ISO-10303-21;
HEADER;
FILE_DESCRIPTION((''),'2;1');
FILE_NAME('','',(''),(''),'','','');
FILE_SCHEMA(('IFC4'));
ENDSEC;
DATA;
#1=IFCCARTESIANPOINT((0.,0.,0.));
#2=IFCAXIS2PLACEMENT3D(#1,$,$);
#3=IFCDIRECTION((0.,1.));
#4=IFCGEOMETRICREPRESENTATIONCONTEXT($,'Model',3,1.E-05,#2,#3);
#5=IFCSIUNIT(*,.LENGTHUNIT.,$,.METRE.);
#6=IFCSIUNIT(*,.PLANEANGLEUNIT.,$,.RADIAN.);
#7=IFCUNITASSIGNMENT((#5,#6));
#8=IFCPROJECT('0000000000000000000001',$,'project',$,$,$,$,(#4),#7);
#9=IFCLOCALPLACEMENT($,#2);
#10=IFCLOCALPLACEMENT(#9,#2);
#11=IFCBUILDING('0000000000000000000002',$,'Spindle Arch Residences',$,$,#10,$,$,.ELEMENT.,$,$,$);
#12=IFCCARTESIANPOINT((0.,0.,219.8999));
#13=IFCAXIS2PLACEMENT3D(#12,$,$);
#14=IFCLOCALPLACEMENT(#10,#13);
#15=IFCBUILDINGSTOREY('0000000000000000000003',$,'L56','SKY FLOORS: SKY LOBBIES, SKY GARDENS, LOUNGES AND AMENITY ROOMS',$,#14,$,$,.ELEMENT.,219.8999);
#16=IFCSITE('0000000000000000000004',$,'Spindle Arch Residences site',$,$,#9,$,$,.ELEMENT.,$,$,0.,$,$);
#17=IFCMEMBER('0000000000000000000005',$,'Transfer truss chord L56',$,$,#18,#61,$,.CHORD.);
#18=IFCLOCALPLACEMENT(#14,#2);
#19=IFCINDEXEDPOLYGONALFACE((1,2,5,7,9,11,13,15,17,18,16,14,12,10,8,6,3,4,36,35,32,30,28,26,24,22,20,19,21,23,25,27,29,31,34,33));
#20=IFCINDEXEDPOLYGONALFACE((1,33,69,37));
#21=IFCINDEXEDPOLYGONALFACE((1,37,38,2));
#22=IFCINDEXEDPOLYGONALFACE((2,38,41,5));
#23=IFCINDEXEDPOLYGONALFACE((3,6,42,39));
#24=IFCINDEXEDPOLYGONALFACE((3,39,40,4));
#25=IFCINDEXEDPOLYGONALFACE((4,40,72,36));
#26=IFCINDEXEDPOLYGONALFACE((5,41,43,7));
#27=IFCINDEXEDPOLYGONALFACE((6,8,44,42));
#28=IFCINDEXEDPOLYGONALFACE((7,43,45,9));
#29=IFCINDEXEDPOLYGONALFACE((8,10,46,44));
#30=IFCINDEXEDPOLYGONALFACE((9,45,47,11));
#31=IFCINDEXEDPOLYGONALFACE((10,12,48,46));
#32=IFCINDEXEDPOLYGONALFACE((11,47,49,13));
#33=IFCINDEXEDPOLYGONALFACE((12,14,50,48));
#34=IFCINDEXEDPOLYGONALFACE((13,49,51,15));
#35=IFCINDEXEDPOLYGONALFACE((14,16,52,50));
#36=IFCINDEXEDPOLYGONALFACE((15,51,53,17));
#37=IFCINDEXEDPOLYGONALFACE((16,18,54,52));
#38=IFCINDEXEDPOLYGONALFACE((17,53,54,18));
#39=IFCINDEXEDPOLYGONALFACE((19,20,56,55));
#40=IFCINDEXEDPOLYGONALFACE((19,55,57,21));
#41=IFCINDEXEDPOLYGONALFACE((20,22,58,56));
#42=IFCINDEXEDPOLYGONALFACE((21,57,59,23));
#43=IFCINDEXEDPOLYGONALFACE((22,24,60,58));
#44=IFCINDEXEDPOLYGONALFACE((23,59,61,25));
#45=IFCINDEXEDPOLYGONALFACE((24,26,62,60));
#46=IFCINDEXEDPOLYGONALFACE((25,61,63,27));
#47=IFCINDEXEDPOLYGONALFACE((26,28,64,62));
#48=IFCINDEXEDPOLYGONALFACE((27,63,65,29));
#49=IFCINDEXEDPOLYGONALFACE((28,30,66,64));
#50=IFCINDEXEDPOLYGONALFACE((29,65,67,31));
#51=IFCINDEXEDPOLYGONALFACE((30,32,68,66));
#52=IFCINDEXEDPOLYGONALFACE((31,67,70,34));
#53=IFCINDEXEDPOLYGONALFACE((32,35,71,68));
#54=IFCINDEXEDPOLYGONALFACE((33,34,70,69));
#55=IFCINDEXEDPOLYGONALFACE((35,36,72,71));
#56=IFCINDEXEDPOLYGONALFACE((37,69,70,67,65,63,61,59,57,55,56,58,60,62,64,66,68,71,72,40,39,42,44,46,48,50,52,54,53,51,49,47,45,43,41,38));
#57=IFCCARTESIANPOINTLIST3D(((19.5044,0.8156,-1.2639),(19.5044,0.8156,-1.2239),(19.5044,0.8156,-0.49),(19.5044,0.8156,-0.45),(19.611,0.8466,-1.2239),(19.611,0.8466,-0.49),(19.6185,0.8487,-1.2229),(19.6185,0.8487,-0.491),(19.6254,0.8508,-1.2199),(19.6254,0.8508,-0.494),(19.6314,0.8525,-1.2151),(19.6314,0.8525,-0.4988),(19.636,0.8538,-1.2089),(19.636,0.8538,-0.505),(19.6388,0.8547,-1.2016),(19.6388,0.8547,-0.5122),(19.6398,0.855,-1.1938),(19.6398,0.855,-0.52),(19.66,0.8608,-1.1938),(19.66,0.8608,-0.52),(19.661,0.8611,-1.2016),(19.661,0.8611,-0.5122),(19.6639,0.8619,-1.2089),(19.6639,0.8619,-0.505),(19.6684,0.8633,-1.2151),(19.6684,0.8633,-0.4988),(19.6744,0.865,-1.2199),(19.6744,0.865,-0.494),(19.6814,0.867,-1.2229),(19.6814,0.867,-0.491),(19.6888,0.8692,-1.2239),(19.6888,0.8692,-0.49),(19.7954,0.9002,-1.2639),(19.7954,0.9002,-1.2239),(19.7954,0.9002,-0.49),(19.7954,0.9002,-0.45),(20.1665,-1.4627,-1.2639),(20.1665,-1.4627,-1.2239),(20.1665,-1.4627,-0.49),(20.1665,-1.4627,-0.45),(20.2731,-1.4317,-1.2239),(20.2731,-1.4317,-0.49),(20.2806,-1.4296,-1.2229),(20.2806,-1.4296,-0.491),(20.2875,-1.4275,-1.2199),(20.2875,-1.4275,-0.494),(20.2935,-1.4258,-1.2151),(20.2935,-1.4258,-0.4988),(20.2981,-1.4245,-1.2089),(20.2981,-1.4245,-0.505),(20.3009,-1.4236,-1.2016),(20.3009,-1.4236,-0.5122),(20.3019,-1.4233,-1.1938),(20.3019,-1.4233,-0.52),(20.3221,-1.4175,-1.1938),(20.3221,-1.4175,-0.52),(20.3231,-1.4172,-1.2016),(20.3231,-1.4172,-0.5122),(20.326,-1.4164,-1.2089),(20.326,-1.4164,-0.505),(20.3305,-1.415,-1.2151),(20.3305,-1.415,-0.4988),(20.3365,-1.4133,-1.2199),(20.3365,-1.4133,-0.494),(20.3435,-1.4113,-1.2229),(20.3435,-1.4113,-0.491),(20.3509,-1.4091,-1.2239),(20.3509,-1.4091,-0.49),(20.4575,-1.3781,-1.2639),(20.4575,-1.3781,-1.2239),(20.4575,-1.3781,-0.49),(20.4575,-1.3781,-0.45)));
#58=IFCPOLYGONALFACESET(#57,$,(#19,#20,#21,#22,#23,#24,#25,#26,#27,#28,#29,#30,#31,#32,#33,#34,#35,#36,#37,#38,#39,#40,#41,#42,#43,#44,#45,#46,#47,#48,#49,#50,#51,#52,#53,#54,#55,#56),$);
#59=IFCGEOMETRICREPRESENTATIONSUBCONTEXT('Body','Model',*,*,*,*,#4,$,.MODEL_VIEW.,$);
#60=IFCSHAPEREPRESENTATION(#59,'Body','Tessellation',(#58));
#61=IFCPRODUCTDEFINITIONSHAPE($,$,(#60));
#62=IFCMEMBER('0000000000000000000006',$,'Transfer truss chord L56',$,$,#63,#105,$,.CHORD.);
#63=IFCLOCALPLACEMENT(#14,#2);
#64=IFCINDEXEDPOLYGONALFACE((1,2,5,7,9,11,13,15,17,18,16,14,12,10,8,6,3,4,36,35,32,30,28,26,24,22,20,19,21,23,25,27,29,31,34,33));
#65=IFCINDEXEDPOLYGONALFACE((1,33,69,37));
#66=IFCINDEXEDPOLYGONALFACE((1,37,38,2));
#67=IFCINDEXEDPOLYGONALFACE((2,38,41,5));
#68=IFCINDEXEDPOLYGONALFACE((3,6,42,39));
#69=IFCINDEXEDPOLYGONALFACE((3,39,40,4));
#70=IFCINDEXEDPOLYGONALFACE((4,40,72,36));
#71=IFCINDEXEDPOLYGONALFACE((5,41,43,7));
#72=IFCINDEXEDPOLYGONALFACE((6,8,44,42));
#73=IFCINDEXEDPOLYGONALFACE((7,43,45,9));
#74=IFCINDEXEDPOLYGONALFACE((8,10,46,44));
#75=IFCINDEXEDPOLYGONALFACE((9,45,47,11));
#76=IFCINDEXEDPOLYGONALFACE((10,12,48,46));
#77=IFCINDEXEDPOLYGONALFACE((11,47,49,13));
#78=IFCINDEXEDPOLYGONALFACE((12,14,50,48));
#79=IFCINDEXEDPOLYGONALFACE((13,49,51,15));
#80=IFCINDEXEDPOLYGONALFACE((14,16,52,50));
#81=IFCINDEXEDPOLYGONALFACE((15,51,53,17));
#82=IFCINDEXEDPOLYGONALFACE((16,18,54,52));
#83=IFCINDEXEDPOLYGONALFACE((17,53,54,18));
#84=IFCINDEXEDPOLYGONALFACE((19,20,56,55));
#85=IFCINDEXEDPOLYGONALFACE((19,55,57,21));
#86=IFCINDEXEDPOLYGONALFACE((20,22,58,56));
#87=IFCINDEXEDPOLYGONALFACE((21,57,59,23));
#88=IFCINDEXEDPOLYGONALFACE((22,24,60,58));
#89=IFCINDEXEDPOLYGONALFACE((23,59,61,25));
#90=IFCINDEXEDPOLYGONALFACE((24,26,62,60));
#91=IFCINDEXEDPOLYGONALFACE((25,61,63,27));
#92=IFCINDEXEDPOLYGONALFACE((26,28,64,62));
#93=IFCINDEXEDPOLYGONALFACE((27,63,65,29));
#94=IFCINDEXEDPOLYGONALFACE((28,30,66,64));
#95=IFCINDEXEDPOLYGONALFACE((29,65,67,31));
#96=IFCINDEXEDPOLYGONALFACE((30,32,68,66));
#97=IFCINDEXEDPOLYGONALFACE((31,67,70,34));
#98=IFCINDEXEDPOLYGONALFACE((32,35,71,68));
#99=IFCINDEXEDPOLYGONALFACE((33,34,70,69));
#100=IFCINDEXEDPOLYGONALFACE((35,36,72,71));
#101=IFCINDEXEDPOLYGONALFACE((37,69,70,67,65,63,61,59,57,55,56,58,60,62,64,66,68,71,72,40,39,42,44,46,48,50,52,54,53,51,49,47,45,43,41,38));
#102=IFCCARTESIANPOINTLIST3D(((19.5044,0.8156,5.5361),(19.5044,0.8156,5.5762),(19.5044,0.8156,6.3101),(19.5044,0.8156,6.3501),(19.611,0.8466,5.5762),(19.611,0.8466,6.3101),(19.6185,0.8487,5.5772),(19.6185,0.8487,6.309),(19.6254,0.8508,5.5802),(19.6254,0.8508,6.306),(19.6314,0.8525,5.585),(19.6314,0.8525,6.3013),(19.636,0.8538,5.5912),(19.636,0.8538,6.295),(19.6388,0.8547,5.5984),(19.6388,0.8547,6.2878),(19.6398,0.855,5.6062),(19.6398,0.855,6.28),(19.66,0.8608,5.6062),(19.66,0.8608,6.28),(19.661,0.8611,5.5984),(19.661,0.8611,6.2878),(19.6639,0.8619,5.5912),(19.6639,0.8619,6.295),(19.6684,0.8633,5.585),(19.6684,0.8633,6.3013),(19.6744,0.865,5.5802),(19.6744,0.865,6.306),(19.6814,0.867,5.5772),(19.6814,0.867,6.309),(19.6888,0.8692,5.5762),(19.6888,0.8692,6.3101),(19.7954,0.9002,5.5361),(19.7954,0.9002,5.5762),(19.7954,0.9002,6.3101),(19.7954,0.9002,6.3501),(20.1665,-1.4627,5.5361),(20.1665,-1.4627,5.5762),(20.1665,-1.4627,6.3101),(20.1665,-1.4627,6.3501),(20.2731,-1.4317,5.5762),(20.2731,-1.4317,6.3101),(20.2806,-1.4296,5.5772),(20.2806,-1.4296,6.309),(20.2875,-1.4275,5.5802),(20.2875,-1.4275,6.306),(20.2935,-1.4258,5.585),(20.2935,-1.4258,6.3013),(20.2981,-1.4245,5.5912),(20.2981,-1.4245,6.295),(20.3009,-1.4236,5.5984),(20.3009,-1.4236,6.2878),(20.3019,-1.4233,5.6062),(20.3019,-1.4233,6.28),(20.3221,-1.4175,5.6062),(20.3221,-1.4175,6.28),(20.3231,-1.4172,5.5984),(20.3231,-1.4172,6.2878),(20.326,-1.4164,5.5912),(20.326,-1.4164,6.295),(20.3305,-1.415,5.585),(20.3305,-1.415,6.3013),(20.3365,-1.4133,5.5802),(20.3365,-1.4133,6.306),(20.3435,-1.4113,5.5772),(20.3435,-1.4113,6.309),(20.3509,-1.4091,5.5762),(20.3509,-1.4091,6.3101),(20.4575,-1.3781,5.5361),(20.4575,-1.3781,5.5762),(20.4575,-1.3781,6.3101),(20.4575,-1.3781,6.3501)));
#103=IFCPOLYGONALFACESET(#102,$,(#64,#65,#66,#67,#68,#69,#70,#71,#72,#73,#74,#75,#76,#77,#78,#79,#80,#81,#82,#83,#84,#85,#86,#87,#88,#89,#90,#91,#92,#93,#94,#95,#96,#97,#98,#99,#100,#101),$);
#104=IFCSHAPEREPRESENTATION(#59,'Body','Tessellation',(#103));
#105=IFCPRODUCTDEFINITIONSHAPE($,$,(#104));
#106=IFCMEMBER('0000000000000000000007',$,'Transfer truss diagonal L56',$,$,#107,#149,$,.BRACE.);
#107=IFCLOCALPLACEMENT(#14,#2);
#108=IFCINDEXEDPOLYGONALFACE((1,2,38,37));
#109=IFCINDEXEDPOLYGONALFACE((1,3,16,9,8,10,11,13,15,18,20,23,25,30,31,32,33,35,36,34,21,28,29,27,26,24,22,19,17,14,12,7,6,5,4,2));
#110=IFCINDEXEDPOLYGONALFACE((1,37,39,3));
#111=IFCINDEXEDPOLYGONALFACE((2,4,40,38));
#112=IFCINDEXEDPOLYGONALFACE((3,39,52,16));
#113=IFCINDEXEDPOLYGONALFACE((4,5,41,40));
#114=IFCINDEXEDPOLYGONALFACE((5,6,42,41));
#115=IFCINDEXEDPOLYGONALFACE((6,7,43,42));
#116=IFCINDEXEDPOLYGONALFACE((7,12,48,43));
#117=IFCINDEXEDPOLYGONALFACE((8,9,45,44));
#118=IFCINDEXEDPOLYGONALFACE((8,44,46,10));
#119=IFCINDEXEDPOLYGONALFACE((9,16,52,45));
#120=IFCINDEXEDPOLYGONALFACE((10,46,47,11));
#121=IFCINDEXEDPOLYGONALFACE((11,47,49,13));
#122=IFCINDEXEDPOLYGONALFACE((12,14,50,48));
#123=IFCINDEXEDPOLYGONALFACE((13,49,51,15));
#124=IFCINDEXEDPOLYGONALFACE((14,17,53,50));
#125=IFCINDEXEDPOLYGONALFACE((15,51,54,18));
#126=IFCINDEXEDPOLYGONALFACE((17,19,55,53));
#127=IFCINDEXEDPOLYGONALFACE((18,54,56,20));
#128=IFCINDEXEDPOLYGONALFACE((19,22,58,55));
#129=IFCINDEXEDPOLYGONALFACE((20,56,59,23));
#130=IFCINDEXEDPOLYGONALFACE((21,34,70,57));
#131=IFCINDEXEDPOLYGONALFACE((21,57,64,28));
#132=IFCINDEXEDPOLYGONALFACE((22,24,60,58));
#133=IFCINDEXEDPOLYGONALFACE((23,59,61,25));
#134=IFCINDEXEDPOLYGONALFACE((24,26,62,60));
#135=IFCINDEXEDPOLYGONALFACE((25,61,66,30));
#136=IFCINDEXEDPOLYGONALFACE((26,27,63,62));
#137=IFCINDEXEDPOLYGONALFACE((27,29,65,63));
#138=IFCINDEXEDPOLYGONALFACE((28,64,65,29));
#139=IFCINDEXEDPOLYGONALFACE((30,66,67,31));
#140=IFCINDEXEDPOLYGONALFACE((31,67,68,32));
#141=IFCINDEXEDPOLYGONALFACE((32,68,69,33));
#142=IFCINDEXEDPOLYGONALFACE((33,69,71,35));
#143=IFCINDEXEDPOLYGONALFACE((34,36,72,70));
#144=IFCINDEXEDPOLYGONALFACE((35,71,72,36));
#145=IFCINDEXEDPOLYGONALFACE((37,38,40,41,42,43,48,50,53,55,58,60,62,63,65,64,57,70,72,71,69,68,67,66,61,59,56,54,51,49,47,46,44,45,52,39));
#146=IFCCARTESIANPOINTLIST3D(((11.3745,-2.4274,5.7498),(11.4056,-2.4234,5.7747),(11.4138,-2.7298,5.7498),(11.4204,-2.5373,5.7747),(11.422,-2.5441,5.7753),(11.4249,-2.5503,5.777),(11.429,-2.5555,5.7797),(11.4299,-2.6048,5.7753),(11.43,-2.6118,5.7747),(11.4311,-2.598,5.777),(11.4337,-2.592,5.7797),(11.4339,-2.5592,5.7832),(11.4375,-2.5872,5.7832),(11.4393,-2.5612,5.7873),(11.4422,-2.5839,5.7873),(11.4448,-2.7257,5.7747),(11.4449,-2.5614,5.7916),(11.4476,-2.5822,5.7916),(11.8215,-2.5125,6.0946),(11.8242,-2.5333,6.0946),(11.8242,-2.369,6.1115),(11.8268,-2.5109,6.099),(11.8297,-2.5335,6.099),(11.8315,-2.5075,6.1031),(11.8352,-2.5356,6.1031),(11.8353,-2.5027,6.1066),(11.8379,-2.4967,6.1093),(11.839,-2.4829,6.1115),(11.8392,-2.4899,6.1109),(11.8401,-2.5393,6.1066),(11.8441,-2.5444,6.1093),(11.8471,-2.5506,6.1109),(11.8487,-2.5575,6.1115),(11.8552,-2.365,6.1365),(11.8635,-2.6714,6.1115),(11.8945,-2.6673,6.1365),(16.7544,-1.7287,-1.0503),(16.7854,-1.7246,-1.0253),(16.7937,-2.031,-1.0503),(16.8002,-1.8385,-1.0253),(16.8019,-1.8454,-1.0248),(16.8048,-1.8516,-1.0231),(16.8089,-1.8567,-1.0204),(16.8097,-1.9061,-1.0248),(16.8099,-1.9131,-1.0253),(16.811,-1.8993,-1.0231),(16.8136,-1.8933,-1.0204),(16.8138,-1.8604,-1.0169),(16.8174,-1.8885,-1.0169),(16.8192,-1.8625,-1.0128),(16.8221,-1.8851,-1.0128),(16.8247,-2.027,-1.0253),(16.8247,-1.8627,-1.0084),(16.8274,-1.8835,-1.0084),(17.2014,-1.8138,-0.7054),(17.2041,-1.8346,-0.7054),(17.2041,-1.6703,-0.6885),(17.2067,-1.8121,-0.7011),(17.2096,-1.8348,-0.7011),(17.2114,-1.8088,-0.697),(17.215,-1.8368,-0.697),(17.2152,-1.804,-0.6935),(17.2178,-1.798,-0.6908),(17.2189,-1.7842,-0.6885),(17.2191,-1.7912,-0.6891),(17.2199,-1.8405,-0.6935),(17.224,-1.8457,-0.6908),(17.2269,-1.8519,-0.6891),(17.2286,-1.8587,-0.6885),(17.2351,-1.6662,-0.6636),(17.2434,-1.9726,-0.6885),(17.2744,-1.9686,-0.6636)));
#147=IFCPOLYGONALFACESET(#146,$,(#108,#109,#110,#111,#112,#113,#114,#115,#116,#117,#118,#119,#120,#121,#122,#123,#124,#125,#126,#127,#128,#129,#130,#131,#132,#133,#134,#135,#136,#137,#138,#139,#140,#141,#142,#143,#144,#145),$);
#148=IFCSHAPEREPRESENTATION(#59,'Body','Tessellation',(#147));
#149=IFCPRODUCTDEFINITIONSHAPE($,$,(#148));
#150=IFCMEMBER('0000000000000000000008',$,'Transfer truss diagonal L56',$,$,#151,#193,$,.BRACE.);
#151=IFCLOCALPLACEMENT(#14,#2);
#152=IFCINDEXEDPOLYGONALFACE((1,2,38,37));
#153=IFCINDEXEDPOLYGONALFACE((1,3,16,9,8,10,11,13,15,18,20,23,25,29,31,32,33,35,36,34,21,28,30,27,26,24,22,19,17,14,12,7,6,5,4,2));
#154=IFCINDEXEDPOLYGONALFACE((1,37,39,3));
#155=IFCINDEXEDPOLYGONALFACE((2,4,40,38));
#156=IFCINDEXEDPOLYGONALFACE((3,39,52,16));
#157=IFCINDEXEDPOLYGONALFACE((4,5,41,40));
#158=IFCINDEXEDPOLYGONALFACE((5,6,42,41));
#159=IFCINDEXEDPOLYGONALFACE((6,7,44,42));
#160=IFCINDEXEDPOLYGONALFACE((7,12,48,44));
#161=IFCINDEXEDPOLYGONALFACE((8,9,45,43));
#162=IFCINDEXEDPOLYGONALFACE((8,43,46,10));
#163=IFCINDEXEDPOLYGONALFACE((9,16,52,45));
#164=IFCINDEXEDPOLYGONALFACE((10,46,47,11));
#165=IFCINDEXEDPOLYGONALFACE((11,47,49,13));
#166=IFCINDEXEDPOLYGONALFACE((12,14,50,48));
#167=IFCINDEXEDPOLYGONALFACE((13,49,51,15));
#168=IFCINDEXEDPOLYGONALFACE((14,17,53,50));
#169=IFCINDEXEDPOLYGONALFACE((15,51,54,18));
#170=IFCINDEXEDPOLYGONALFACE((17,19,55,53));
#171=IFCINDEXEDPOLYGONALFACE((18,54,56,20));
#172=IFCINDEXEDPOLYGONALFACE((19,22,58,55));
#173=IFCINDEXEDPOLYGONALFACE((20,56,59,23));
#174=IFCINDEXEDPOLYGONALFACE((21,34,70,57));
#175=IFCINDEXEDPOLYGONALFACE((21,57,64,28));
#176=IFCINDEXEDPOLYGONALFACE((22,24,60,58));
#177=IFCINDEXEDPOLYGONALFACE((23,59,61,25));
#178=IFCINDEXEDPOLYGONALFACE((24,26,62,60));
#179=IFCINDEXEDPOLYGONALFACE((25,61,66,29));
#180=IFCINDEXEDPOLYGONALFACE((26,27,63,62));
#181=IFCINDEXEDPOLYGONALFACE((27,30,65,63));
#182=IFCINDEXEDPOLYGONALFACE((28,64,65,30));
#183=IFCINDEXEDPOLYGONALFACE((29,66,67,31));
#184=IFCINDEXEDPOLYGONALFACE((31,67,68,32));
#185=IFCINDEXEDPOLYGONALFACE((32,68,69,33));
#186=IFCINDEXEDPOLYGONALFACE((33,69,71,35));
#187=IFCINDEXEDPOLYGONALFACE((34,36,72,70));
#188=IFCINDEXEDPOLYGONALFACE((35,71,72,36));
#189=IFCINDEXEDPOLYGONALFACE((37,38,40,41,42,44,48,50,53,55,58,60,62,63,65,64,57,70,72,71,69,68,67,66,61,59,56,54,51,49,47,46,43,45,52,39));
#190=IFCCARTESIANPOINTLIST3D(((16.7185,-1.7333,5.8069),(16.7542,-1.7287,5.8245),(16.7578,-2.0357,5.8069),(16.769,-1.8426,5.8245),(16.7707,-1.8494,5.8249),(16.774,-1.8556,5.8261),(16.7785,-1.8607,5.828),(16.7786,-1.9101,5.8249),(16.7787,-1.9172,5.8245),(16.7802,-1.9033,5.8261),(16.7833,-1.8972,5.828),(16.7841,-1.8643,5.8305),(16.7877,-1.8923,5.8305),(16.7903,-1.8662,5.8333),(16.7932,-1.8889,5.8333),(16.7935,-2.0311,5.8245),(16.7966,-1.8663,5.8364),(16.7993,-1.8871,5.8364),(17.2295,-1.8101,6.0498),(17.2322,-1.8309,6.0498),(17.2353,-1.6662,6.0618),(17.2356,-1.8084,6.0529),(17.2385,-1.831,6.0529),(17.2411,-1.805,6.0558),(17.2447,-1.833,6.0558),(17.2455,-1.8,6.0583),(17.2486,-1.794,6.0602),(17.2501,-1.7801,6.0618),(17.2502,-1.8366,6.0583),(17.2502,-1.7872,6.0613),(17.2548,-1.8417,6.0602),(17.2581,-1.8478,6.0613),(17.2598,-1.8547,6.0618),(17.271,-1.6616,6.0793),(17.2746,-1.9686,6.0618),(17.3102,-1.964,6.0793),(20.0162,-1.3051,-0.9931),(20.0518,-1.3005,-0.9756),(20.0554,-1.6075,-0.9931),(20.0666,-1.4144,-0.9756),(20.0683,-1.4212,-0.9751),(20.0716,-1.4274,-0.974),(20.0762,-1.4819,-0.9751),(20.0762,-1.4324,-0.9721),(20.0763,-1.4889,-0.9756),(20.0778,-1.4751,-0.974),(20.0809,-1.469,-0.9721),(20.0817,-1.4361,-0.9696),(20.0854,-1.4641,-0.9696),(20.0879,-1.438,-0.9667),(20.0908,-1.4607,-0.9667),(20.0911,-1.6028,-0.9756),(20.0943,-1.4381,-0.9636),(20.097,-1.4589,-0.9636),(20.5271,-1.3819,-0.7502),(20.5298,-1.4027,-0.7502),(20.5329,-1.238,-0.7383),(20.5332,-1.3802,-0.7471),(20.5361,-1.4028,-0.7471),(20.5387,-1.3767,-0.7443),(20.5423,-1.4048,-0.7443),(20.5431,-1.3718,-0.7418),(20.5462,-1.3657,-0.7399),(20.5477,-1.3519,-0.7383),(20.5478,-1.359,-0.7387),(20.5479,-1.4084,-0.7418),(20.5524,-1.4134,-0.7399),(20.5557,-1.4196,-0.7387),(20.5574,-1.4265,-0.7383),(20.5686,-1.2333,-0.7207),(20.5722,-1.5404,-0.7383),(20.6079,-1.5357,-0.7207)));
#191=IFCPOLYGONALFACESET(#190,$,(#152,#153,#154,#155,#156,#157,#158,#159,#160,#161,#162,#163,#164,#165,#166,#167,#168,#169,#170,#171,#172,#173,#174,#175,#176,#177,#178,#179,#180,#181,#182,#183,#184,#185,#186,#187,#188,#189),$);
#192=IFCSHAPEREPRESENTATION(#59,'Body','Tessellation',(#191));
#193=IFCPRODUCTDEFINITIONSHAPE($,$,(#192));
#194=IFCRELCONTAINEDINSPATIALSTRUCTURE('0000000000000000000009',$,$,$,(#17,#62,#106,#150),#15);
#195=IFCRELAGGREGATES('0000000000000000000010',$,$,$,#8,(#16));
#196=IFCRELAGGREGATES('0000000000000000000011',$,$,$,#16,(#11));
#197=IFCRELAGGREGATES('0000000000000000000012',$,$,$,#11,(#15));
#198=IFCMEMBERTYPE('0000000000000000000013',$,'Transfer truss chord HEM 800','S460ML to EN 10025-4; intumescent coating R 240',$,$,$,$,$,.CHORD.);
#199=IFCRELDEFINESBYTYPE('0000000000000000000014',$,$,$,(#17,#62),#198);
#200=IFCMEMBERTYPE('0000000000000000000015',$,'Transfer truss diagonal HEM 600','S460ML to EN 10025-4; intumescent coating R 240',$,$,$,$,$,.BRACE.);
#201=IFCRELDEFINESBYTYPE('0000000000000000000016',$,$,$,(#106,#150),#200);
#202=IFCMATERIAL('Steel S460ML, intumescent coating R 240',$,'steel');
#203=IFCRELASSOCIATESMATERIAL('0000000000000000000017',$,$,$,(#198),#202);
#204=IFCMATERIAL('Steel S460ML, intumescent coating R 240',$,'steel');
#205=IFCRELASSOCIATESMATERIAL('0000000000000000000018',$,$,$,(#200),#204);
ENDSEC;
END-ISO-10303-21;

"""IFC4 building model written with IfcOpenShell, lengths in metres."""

from ifc_helpers import new_model, si_unit, direction, frame, origin, origin_2d, place, context, subcontext, project, spatial, i_section, extrude, material, material_profile, profile_set, type_object, element, save


model = new_model("IFC4")

# Units and contexts
model_context = context("Model", 3, precision=1e-05, world=origin(), true_north=direction((0.0, 1.0)))
body_context = subcontext(model_context, "Body", "Model", "MODEL_VIEW")
ifc_project = project(units=[si_unit("LENGTHUNIT", "METRE"), si_unit("PLANEANGLEUNIT", "RADIAN")], contexts=[model_context])

# Site, building, storey
site_placement = place(None, origin())
site = spatial("IfcSite", under=ifc_project, at=site_placement, Name="Spindle Arch Residences site", CompositionType="ELEMENT", RefElevation=0.0)
building_placement = place(site_placement, origin())
building = spatial("IfcBuilding", under=site, at=building_placement, Name="Spindle Arch Residences", CompositionType="ELEMENT")
storey_placement = place(building_placement, frame((0.0, 0.0, 219.8999)))
storey = spatial("IfcBuildingStorey", under=building, at=storey_placement, Name="L56", Description="SKY FLOORS: SKY LOBBIES, SKY GARDENS, LOUNGES AND AMENITY ROOMS", CompositionType="ELEMENT", Elevation=219.8999)

# Members
ifc_material_1 = material(Name="Steel S460ML, intumescent coating R 240", Category="steel")
ifc_material_profile_1 = material_profile(ifc_material_1, i_section(OverallWidth=0.303, OverallDepth=0.814, WebThickness=0.021, FlangeThickness=0.04, FilletRadius=0.03, at=origin_2d()), Name="HEM 800")
ifc_profile_set_1 = profile_set([ifc_material_profile_1], Name="Steel S460ML, intumescent coating R 240")
member_type_1 = type_object("IfcMemberType", Name="Transfer truss chord HEM 800", Description="S460ML to EN 10025-4; intumescent coating R 240", PredefinedType="CHORD", material=ifc_profile_set_1)
for number, where, z_axis, x_axis, name in (
    (1, (20.312, -1.4204, -0.8569), (-0.279067, 0.960272, 0.0), (-0.960272, -0.279067, 0.0), "Transfer truss chord L56"),
    (2, (20.312, -1.4204, 5.9431), (-0.279067, 0.960272, 0.0), (-0.960272, -0.279067, 0.0), "Transfer truss chord L56"),
):
    element("IfcMember", number, at=place(storey_placement, frame(where, z_axis=z_axis, x_axis=x_axis)), inside=storey, type_object=member_type_1, Name=name, PredefinedType="CHORD", context=body_context, shape_type="SweptSolid", body=[
        extrude(i_section(OverallWidth=0.303, OverallDepth=0.814, WebThickness=0.021, FlangeThickness=0.04, FilletRadius=0.03, at=origin_2d()), origin(), (0.0, 0.0, 1.0), 2.3726),
    ])
ifc_material_2 = material(Name="Steel S460ML, intumescent coating R 240", Category="steel")
ifc_material_profile_2 = material_profile(ifc_material_2, i_section(OverallWidth=0.3049, OverallDepth=0.6201, WebThickness=0.021, FlangeThickness=0.04, FilletRadius=0.0271, at=origin_2d()), Name="HEM 600")
ifc_profile_set_2 = profile_set([ifc_material_profile_2], Name="Steel S460ML, intumescent coating R 240")
member_type_2 = type_object("IfcMemberType", Name="Transfer truss diagonal HEM 600", Description="S460ML to EN 10025-4; intumescent coating R 240", PredefinedType="BRACE", material=ifc_profile_set_2)
member_1_placement = place(storey_placement, frame((17.0144, -1.8486, -0.8569), z_axis=(-0.618451, -0.080323, 0.781708), x_axis=(0.128797, -0.991671, 0.0)))
element("IfcMember", 3, at=member_1_placement, inside=storey, type_object=member_type_2, Name="Transfer truss diagonal L56", PredefinedType="BRACE", context=body_context, shape_type="SweptSolid", body=[
    extrude(i_section(OverallWidth=0.3049, OverallDepth=0.6201, WebThickness=0.021, FlangeThickness=0.04, FilletRadius=0.0271, at=origin_2d()), origin(), (0.0, 0.0, 1.0), 8.699),
])
member_2_placement = place(storey_placement, frame((20.312, -1.4204, -0.8569), z_axis=(-0.435641, -0.056572, 0.898341), x_axis=(0.128777, -0.991674, 0.0)))
element("IfcMember", 4, at=member_2_placement, inside=storey, type_object=member_type_2, Name="Transfer truss diagonal L56", PredefinedType="BRACE", context=body_context, shape_type="SweptSolid", body=[
    extrude(i_section(OverallWidth=0.3049, OverallDepth=0.6201, WebThickness=0.021, FlangeThickness=0.04, FilletRadius=0.0271, at=origin_2d()), origin(), (0.0, 0.0, 1.0), 7.5696),
])

save(model, "model.ifc")
